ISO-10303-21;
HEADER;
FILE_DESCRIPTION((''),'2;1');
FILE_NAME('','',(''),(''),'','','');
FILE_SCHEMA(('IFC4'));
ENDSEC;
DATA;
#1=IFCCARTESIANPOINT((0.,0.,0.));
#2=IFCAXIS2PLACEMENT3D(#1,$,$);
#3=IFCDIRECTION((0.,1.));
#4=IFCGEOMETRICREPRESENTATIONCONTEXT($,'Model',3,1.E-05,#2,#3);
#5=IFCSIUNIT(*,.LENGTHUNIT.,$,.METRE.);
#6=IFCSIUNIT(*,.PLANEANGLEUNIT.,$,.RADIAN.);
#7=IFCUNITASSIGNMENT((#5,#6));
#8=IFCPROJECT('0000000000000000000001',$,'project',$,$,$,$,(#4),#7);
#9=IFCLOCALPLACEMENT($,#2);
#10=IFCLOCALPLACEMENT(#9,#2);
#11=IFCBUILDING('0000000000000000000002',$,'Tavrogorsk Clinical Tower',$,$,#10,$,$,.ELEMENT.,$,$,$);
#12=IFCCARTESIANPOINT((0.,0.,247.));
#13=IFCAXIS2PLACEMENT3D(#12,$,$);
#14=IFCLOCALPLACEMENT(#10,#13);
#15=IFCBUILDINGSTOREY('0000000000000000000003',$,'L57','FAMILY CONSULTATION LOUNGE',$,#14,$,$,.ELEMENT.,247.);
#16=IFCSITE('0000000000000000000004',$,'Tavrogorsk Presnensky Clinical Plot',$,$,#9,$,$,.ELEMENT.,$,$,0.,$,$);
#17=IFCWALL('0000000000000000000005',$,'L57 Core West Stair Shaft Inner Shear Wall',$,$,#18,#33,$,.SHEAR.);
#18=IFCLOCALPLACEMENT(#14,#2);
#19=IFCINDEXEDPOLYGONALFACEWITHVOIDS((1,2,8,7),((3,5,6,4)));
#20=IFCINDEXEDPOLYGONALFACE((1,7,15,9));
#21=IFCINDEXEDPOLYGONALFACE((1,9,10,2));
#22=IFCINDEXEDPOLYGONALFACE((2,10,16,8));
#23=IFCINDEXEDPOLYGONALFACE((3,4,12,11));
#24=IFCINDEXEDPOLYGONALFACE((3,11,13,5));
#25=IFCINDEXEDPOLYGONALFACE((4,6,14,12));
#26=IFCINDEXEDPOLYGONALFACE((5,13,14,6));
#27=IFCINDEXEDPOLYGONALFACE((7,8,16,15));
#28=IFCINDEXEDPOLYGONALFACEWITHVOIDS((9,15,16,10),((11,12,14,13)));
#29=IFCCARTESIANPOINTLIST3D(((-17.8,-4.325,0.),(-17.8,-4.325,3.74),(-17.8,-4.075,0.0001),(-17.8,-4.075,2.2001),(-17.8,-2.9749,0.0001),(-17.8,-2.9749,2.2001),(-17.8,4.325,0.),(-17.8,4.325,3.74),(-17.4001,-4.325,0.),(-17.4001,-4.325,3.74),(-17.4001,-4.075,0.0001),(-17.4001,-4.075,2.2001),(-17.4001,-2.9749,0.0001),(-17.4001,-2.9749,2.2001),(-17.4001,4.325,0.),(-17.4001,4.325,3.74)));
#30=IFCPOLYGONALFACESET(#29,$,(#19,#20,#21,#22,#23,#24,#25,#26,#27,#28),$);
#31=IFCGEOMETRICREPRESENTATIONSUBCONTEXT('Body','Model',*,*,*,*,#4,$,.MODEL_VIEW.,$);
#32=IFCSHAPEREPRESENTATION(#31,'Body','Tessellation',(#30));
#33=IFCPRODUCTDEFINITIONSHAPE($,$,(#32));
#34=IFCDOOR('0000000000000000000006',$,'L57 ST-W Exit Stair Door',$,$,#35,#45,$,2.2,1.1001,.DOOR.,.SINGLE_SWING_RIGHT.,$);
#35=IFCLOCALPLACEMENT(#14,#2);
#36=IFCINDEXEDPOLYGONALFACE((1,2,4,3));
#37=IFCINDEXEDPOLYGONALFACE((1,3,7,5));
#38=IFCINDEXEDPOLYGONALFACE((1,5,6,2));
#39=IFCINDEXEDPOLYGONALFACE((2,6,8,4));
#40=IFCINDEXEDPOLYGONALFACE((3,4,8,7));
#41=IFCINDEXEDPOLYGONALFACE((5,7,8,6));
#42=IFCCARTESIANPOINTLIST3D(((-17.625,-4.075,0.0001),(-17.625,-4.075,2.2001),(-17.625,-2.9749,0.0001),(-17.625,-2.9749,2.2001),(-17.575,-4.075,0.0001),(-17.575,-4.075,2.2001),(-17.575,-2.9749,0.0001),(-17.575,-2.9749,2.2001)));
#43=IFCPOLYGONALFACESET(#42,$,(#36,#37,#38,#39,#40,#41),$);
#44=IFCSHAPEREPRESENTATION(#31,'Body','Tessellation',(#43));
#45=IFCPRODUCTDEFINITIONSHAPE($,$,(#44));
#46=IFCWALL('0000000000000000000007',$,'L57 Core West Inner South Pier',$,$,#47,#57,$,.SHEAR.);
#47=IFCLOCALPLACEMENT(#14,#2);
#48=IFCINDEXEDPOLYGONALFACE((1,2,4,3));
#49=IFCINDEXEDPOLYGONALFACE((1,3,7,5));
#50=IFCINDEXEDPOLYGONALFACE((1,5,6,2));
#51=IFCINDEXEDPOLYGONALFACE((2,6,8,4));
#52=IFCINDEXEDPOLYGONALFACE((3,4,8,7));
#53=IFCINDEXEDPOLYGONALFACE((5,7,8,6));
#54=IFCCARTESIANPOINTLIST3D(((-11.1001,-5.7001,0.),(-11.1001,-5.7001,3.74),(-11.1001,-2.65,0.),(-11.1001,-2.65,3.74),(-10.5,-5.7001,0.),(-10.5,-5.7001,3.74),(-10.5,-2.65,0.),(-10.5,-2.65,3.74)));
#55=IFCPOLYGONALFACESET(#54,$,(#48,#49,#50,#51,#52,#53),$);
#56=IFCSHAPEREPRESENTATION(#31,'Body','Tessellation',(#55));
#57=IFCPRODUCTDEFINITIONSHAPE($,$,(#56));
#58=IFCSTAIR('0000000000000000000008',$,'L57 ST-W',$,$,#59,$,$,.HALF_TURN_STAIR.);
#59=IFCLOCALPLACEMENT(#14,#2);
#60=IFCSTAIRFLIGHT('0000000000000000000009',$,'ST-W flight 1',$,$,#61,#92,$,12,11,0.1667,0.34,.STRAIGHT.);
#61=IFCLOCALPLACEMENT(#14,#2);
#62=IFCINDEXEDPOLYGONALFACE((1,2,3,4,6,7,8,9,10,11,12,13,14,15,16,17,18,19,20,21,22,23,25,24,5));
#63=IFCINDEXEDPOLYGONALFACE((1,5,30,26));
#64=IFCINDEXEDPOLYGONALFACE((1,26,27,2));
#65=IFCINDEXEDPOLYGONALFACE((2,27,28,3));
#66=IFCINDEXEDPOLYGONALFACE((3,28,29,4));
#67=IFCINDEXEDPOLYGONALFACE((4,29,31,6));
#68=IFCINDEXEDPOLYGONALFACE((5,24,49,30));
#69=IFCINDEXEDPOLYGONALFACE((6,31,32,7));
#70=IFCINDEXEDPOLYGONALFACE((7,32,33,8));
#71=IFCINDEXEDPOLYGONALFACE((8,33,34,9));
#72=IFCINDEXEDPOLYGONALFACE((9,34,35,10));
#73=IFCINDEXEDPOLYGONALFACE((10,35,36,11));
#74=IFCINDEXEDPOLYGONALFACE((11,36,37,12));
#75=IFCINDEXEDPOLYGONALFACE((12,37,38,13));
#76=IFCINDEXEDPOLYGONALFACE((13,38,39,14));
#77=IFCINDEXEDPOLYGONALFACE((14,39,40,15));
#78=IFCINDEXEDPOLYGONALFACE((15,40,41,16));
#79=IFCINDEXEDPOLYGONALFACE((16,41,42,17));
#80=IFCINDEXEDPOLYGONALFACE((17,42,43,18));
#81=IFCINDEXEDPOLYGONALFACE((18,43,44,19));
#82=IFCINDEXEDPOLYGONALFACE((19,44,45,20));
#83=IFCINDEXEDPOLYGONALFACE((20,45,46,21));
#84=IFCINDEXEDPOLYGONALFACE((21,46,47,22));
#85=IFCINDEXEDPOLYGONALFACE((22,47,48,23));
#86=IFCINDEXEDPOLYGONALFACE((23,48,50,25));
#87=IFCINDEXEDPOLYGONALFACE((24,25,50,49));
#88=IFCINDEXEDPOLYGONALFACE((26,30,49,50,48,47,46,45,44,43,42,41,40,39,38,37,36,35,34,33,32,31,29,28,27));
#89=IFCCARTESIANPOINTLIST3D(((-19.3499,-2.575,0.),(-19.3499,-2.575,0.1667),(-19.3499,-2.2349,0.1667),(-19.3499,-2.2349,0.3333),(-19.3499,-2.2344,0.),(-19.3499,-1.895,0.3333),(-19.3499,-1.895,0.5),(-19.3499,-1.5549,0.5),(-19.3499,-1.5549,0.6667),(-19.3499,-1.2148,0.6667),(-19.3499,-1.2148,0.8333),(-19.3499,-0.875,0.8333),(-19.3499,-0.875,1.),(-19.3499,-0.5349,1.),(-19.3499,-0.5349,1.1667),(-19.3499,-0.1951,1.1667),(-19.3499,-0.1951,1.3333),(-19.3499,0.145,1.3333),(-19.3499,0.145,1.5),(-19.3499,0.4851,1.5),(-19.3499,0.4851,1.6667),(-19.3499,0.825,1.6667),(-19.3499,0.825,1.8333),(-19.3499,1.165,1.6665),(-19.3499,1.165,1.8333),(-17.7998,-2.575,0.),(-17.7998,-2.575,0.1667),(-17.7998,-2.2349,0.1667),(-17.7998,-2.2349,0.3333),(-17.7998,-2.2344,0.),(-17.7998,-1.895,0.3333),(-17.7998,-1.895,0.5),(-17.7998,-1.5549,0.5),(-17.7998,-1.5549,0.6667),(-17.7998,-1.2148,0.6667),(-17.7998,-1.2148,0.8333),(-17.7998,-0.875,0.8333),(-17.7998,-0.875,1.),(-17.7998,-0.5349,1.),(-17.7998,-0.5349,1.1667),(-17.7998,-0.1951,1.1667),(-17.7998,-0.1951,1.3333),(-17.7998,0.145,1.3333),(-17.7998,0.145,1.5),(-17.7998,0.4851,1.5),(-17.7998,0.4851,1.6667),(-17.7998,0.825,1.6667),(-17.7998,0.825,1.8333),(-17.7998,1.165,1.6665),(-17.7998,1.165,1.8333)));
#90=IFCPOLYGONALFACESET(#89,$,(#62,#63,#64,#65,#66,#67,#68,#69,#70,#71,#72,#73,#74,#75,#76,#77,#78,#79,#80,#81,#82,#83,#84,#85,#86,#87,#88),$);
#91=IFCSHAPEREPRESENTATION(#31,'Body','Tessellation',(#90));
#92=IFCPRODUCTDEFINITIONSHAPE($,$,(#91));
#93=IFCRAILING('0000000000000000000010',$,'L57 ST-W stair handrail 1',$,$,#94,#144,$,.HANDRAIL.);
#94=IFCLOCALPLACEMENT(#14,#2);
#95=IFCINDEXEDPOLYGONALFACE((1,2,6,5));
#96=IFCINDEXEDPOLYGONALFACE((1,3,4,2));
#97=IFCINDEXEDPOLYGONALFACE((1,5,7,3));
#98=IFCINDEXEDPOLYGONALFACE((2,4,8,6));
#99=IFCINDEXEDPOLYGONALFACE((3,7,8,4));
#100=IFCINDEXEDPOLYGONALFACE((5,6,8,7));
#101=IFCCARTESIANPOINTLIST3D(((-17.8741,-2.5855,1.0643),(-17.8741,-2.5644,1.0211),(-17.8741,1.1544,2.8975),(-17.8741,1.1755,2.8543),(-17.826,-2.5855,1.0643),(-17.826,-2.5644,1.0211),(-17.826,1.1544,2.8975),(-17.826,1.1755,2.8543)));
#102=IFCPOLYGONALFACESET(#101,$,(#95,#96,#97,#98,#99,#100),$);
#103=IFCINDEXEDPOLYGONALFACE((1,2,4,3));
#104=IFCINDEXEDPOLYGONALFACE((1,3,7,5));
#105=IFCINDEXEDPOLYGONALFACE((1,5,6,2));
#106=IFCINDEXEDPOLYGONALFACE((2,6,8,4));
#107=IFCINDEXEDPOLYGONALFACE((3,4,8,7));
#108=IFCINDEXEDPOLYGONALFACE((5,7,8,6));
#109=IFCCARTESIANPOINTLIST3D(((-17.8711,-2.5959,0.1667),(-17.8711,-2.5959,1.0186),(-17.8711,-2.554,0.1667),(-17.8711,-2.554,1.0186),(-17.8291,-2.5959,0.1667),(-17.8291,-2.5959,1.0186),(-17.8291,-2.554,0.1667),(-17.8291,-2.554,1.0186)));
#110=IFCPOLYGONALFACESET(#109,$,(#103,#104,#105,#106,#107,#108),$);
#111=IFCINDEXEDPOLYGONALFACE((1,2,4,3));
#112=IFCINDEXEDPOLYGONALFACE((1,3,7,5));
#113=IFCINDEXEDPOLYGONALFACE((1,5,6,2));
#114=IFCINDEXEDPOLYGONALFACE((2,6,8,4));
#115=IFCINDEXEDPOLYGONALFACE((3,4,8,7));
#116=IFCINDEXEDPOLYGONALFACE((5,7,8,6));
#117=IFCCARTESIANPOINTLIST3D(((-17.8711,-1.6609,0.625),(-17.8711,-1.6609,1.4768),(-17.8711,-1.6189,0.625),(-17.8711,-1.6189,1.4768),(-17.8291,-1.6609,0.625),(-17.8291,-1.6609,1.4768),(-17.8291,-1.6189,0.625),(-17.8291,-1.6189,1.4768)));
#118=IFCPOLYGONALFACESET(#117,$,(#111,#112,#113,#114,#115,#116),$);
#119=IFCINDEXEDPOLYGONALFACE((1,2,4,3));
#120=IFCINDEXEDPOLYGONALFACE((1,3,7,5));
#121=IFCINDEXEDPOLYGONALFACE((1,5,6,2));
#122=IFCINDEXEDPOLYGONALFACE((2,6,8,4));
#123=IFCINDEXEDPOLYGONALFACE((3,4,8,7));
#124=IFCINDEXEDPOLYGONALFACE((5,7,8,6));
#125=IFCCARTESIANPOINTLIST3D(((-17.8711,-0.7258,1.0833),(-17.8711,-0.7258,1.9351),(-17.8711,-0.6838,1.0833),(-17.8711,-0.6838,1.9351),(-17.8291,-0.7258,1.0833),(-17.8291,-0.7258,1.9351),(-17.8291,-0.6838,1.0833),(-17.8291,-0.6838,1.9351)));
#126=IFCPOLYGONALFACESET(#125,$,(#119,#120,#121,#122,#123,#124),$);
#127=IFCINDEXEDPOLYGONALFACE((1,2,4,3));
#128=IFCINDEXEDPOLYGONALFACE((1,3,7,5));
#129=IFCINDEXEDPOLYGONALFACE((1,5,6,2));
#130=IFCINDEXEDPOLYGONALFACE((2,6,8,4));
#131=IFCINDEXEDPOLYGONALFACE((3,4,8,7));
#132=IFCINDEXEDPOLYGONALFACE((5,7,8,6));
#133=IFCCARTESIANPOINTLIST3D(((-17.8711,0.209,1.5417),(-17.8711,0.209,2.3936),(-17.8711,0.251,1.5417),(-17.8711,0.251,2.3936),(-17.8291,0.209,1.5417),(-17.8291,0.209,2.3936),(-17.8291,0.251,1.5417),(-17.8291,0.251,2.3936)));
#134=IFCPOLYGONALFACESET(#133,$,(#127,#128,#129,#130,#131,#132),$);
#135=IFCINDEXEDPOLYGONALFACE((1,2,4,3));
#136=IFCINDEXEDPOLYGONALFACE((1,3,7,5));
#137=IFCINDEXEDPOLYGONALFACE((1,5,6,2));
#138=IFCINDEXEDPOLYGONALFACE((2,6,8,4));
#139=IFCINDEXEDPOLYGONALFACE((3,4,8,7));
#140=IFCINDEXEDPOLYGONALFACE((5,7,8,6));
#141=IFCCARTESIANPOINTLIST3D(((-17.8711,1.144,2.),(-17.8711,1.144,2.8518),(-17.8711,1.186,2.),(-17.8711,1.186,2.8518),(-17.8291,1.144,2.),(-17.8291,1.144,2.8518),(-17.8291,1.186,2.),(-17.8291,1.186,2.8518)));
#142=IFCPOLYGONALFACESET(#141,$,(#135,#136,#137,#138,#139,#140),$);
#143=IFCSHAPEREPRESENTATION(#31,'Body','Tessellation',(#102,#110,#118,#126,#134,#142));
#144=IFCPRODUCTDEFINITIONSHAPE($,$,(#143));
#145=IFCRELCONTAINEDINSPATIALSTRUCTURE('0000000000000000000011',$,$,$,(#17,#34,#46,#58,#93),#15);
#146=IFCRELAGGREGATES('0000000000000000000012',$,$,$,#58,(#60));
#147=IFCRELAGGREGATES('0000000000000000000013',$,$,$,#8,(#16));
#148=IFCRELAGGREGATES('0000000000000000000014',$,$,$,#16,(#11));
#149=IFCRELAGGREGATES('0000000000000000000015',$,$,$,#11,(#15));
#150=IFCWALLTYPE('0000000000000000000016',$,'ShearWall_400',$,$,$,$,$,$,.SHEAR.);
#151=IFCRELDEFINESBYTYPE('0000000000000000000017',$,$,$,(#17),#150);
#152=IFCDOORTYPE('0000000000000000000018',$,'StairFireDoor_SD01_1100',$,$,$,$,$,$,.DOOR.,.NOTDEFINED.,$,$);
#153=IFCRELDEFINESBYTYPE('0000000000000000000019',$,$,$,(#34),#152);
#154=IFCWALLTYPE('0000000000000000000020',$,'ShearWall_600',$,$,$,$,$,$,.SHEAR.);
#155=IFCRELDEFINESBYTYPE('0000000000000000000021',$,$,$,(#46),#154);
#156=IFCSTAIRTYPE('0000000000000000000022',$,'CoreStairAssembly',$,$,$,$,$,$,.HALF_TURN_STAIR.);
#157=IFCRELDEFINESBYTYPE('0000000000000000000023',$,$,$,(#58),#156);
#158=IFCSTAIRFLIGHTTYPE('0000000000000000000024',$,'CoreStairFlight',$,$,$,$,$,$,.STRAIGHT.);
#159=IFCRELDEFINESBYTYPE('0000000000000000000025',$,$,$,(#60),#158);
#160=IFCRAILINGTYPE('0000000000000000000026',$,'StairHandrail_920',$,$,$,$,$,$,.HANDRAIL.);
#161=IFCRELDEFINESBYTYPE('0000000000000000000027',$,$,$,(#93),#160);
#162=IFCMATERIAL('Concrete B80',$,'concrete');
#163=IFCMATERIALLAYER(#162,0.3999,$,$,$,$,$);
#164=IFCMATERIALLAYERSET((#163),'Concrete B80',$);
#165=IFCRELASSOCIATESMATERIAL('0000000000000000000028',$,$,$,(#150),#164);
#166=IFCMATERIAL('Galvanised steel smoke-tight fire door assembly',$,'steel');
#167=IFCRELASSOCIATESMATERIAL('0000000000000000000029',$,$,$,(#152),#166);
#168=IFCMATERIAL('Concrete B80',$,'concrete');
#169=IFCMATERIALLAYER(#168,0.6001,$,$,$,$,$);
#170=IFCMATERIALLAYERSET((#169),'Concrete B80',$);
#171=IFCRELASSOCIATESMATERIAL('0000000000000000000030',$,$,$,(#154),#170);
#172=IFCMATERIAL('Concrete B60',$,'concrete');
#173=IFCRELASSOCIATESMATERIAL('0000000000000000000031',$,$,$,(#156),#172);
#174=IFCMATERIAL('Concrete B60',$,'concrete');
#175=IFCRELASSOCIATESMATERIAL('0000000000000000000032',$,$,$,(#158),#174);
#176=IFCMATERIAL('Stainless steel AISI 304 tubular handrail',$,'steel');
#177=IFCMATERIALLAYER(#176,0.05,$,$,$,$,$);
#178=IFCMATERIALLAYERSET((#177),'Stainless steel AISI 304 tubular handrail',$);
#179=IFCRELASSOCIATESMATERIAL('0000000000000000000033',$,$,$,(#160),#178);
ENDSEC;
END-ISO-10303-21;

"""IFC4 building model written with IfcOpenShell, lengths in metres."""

from ifc_helpers import new_model, si_unit, direction, frame, frame_2d, origin, origin_2d, place, context, subcontext, project, spatial, polyline, rectangle, outline, extrude, material, layer, layer_set, type_object, element, fill, aggregate, save


model = new_model("IFC4")

# Units and contexts
model_context = context("Model", 3, precision=1e-05, world=origin(), true_north=direction((0.0, 1.0)))
body_context = subcontext(model_context, "Body", "Model", "MODEL_VIEW")
ifc_project = project(units=[si_unit("LENGTHUNIT", "METRE"), si_unit("PLANEANGLEUNIT", "RADIAN")], contexts=[model_context])

# Site, building, storey
site_placement = place(None, origin())
site = spatial("IfcSite", under=ifc_project, at=site_placement, Name="Tavrogorsk Presnensky Clinical Plot", CompositionType="ELEMENT", RefElevation=0.0)
building_placement = place(site_placement, origin())
building = spatial("IfcBuilding", under=site, at=building_placement, Name="Tavrogorsk Clinical Tower", CompositionType="ELEMENT")
storey_placement = place(building_placement, frame((0.0, 0.0, 247.0)))
storey = spatial("IfcBuildingStorey", under=building, at=storey_placement, Name="L57", Description="FAMILY CONSULTATION LOUNGE", CompositionType="ELEMENT", Elevation=247.0)

# Wall, opening, door
ifc_material_1 = material(Name="Concrete B80", Category="concrete")
ifc_layer_1 = layer(ifc_material_1, 0.3999)
ifc_layer_set_1 = layer_set([ifc_layer_1], Name="Concrete B80")
wall_type_1 = type_object("IfcWallType", Name="ShearWall_400", PredefinedType="SHEAR", material=ifc_layer_set_1)
wall_1_placement = place(storey_placement, frame((-17.6001, -4.325, 0.0), z_axis=(0.0, 0.0, 1.0), x_axis=(0.0, 1.0, 0.0)))
wall_1 = element("IfcWall", 1, at=wall_1_placement, inside=storey, type_object=wall_type_1, Name="L57 Core West Stair Shaft Inner Shear Wall", PredefinedType="SHEAR", context=body_context, shape_type="SweptSolid", body=[
    extrude(rectangle(XDim=8.6499, YDim=0.3999, at=frame_2d((4.325, 0.0))), origin(), (0.0, 0.0, 1.0), 3.74),
])
opening_1_placement = place(wall_1_placement, frame((0.25, 0.0, 0.0)))
opening_1 = element("IfcOpeningElement", 2, at=opening_1_placement, cuts=wall_1, PredefinedType="OPENING", context=body_context, shape_type="SweptSolid", body=[
    extrude(rectangle(XDim=1.1001, YDim=2.2, at=frame_2d((0.55, 1.1001))), frame((0.0, 0.21, 0.0), z_axis=(0.0, -1.0, 0.0), x_axis=(1.0, 0.0, 0.0)), (0.0, 0.0, 1.0), 0.4199),
])
ifc_material_2 = material(Name="Galvanised steel smoke-tight fire door assembly", Category="steel")
door_type_1 = type_object("IfcDoorType", Name="StairFireDoor_SD01_1100", OperationType="NOTDEFINED", PredefinedType="DOOR", material=ifc_material_2)
door_1_placement = place(opening_1_placement, origin())
door_1 = element("IfcDoor", 3, at=door_1_placement, inside=storey, type_object=door_type_1, Name="L57 ST-W Exit Stair Door", OperationType="SINGLE_SWING_RIGHT", OverallHeight=2.2, OverallWidth=1.1001, PredefinedType="DOOR", context=body_context, shape_type="SweptSolid", body=[
    extrude(rectangle(XDim=1.1001, YDim=2.2, at=frame_2d((0.55, 1.1001))), frame((0.0, 0.0249, 0.0), z_axis=(0.0, -1.0, 0.0), x_axis=(1.0, 0.0, 0.0)), (0.0, 0.0, 1.0), 0.05),
])
fill(opening_1, door_1)

# Wall
ifc_material_3 = material(Name="Concrete B80", Category="concrete")
ifc_layer_2 = layer(ifc_material_3, 0.6001)
ifc_layer_set_2 = layer_set([ifc_layer_2], Name="Concrete B80")
wall_type_2 = type_object("IfcWallType", Name="ShearWall_600", PredefinedType="SHEAR", material=ifc_layer_set_2)
wall_2_placement = place(storey_placement, frame((-10.8, -5.7, 0.0), z_axis=(0.0, 0.0, 1.0), x_axis=(0.0, 1.0, 0.0)))
element("IfcWall", 4, at=wall_2_placement, inside=storey, type_object=wall_type_2, Name="L57 Core West Inner South Pier", PredefinedType="SHEAR", context=body_context, shape_type="SweptSolid", body=[
    extrude(rectangle(XDim=3.05, YDim=0.6001, at=frame_2d((1.5249, 0.0))), origin(), (0.0, 0.0, 1.0), 3.74),
])

# Stair, stair flight
ifc_material_4 = material(Name="Concrete B60", Category="concrete")
stair_type = type_object("IfcStairType", Name="CoreStairAssembly", PredefinedType="HALF_TURN_STAIR", material=ifc_material_4)
stair_placement = place(storey_placement, origin())
stair = element("IfcStair", 5, at=stair_placement, inside=storey, type_object=stair_type, Name="L57 ST-W", PredefinedType="HALF_TURN_STAIR")
ifc_material_5 = material(Name="Concrete B60", Category="concrete")
stair_flight_type = type_object("IfcStairFlightType", Name="CoreStairFlight", PredefinedType="STRAIGHT", material=ifc_material_5)
stair_flight_placement = place(storey_placement, frame((-18.575, -2.575, 0.0), z_axis=(0.0, 0.0, 1.0), x_axis=(0.0, 1.0, 0.0)))
stair_flight = element("IfcStairFlight", 6, at=stair_flight_placement, type_object=stair_flight_type, Name="ST-W flight 1", NumberOfRisers=12, NumberOfTreads=11, PredefinedType="STRAIGHT", RiserHeight=0.1667, TreadLength=0.34, context=body_context, shape_type="SweptSolid", body=[
    extrude(outline(polyline([(0.0, 0.0), (0.0, 0.1667), (0.3401, 0.1667), (0.3401, 0.3333), (0.6799, 0.3333), (0.6799, 0.5), (1.02, 0.5), (1.02, 0.6667), (1.3601, 0.6667), (1.3601, 0.8333), (1.7, 0.8333), (1.7, 1.0), (2.04, 1.0), (2.04, 1.1667), (2.3799, 1.1667), (2.3799, 1.3333), (2.72, 1.3333), (2.72, 1.5), (3.0601, 1.5), (3.0601, 1.6667), (3.3999, 1.6667), (3.3999, 1.8333), (3.74, 1.8333), (3.74, 2.0), (3.74, 1.6665), (0.3406, 0.0), (0.0, 0.0)])), frame((0.0, 0.7749, 0.0), z_axis=(0.0, -1.0, 0.0), x_axis=(1.0, 0.0, 0.0)), (0.0, 0.0, 1.0), 1.55),
])
aggregate(stair, [stair_flight])

# Railing
ifc_material_6 = material(Name="Stainless steel AISI 304 tubular handrail", Category="steel")
ifc_layer_3 = layer(ifc_material_6, 0.05)
ifc_layer_set_3 = layer_set([ifc_layer_3], Name="Stainless steel AISI 304 tubular handrail")
railing_type = type_object("IfcRailingType", Name="StairHandrail_920", PredefinedType="HANDRAIL", material=ifc_layer_set_3)
railing_placement = place(storey_placement, frame((-17.8501, -2.575, 0.1667)))
element("IfcRailing", 7, at=railing_placement, inside=storey, type_object=railing_type, Name="L57 ST-W stair handrail 1", PredefinedType="HANDRAIL", context=body_context, shape_type="SweptSolid", body=[
    extrude(rectangle(XDim=0.0481, YDim=0.0481, at=origin_2d()), frame((0.0, 0.0, 0.876), z_axis=(0.0, 0.897928, 0.440142), x_axis=(-1.0, 0.0, 0.0)), (0.0, 0.0, 1.0), 4.165),
    extrude(rectangle(XDim=0.042, YDim=0.042, at=origin_2d()), origin(), (0.0, 0.0, 1.0), 0.8518),
    extrude(rectangle(XDim=0.042, YDim=0.042, at=origin_2d()), frame((0.0, 0.9351, 0.4583)), (0.0, 0.0, 1.0), 0.8518),
    extrude(rectangle(XDim=0.042, YDim=0.042, at=origin_2d()), frame((0.0, 1.8701, 0.9165)), (0.0, 0.0, 1.0), 0.8518),
    extrude(rectangle(XDim=0.042, YDim=0.042, at=origin_2d()), frame((0.0, 2.8049, 1.375)), (0.0, 0.0, 1.0), 0.8518),
    extrude(rectangle(XDim=0.042, YDim=0.042, at=origin_2d()), frame((0.0, 3.74, 1.8333)), (0.0, 0.0, 1.0), 0.8518),
])

save(model, "model.ifc")
